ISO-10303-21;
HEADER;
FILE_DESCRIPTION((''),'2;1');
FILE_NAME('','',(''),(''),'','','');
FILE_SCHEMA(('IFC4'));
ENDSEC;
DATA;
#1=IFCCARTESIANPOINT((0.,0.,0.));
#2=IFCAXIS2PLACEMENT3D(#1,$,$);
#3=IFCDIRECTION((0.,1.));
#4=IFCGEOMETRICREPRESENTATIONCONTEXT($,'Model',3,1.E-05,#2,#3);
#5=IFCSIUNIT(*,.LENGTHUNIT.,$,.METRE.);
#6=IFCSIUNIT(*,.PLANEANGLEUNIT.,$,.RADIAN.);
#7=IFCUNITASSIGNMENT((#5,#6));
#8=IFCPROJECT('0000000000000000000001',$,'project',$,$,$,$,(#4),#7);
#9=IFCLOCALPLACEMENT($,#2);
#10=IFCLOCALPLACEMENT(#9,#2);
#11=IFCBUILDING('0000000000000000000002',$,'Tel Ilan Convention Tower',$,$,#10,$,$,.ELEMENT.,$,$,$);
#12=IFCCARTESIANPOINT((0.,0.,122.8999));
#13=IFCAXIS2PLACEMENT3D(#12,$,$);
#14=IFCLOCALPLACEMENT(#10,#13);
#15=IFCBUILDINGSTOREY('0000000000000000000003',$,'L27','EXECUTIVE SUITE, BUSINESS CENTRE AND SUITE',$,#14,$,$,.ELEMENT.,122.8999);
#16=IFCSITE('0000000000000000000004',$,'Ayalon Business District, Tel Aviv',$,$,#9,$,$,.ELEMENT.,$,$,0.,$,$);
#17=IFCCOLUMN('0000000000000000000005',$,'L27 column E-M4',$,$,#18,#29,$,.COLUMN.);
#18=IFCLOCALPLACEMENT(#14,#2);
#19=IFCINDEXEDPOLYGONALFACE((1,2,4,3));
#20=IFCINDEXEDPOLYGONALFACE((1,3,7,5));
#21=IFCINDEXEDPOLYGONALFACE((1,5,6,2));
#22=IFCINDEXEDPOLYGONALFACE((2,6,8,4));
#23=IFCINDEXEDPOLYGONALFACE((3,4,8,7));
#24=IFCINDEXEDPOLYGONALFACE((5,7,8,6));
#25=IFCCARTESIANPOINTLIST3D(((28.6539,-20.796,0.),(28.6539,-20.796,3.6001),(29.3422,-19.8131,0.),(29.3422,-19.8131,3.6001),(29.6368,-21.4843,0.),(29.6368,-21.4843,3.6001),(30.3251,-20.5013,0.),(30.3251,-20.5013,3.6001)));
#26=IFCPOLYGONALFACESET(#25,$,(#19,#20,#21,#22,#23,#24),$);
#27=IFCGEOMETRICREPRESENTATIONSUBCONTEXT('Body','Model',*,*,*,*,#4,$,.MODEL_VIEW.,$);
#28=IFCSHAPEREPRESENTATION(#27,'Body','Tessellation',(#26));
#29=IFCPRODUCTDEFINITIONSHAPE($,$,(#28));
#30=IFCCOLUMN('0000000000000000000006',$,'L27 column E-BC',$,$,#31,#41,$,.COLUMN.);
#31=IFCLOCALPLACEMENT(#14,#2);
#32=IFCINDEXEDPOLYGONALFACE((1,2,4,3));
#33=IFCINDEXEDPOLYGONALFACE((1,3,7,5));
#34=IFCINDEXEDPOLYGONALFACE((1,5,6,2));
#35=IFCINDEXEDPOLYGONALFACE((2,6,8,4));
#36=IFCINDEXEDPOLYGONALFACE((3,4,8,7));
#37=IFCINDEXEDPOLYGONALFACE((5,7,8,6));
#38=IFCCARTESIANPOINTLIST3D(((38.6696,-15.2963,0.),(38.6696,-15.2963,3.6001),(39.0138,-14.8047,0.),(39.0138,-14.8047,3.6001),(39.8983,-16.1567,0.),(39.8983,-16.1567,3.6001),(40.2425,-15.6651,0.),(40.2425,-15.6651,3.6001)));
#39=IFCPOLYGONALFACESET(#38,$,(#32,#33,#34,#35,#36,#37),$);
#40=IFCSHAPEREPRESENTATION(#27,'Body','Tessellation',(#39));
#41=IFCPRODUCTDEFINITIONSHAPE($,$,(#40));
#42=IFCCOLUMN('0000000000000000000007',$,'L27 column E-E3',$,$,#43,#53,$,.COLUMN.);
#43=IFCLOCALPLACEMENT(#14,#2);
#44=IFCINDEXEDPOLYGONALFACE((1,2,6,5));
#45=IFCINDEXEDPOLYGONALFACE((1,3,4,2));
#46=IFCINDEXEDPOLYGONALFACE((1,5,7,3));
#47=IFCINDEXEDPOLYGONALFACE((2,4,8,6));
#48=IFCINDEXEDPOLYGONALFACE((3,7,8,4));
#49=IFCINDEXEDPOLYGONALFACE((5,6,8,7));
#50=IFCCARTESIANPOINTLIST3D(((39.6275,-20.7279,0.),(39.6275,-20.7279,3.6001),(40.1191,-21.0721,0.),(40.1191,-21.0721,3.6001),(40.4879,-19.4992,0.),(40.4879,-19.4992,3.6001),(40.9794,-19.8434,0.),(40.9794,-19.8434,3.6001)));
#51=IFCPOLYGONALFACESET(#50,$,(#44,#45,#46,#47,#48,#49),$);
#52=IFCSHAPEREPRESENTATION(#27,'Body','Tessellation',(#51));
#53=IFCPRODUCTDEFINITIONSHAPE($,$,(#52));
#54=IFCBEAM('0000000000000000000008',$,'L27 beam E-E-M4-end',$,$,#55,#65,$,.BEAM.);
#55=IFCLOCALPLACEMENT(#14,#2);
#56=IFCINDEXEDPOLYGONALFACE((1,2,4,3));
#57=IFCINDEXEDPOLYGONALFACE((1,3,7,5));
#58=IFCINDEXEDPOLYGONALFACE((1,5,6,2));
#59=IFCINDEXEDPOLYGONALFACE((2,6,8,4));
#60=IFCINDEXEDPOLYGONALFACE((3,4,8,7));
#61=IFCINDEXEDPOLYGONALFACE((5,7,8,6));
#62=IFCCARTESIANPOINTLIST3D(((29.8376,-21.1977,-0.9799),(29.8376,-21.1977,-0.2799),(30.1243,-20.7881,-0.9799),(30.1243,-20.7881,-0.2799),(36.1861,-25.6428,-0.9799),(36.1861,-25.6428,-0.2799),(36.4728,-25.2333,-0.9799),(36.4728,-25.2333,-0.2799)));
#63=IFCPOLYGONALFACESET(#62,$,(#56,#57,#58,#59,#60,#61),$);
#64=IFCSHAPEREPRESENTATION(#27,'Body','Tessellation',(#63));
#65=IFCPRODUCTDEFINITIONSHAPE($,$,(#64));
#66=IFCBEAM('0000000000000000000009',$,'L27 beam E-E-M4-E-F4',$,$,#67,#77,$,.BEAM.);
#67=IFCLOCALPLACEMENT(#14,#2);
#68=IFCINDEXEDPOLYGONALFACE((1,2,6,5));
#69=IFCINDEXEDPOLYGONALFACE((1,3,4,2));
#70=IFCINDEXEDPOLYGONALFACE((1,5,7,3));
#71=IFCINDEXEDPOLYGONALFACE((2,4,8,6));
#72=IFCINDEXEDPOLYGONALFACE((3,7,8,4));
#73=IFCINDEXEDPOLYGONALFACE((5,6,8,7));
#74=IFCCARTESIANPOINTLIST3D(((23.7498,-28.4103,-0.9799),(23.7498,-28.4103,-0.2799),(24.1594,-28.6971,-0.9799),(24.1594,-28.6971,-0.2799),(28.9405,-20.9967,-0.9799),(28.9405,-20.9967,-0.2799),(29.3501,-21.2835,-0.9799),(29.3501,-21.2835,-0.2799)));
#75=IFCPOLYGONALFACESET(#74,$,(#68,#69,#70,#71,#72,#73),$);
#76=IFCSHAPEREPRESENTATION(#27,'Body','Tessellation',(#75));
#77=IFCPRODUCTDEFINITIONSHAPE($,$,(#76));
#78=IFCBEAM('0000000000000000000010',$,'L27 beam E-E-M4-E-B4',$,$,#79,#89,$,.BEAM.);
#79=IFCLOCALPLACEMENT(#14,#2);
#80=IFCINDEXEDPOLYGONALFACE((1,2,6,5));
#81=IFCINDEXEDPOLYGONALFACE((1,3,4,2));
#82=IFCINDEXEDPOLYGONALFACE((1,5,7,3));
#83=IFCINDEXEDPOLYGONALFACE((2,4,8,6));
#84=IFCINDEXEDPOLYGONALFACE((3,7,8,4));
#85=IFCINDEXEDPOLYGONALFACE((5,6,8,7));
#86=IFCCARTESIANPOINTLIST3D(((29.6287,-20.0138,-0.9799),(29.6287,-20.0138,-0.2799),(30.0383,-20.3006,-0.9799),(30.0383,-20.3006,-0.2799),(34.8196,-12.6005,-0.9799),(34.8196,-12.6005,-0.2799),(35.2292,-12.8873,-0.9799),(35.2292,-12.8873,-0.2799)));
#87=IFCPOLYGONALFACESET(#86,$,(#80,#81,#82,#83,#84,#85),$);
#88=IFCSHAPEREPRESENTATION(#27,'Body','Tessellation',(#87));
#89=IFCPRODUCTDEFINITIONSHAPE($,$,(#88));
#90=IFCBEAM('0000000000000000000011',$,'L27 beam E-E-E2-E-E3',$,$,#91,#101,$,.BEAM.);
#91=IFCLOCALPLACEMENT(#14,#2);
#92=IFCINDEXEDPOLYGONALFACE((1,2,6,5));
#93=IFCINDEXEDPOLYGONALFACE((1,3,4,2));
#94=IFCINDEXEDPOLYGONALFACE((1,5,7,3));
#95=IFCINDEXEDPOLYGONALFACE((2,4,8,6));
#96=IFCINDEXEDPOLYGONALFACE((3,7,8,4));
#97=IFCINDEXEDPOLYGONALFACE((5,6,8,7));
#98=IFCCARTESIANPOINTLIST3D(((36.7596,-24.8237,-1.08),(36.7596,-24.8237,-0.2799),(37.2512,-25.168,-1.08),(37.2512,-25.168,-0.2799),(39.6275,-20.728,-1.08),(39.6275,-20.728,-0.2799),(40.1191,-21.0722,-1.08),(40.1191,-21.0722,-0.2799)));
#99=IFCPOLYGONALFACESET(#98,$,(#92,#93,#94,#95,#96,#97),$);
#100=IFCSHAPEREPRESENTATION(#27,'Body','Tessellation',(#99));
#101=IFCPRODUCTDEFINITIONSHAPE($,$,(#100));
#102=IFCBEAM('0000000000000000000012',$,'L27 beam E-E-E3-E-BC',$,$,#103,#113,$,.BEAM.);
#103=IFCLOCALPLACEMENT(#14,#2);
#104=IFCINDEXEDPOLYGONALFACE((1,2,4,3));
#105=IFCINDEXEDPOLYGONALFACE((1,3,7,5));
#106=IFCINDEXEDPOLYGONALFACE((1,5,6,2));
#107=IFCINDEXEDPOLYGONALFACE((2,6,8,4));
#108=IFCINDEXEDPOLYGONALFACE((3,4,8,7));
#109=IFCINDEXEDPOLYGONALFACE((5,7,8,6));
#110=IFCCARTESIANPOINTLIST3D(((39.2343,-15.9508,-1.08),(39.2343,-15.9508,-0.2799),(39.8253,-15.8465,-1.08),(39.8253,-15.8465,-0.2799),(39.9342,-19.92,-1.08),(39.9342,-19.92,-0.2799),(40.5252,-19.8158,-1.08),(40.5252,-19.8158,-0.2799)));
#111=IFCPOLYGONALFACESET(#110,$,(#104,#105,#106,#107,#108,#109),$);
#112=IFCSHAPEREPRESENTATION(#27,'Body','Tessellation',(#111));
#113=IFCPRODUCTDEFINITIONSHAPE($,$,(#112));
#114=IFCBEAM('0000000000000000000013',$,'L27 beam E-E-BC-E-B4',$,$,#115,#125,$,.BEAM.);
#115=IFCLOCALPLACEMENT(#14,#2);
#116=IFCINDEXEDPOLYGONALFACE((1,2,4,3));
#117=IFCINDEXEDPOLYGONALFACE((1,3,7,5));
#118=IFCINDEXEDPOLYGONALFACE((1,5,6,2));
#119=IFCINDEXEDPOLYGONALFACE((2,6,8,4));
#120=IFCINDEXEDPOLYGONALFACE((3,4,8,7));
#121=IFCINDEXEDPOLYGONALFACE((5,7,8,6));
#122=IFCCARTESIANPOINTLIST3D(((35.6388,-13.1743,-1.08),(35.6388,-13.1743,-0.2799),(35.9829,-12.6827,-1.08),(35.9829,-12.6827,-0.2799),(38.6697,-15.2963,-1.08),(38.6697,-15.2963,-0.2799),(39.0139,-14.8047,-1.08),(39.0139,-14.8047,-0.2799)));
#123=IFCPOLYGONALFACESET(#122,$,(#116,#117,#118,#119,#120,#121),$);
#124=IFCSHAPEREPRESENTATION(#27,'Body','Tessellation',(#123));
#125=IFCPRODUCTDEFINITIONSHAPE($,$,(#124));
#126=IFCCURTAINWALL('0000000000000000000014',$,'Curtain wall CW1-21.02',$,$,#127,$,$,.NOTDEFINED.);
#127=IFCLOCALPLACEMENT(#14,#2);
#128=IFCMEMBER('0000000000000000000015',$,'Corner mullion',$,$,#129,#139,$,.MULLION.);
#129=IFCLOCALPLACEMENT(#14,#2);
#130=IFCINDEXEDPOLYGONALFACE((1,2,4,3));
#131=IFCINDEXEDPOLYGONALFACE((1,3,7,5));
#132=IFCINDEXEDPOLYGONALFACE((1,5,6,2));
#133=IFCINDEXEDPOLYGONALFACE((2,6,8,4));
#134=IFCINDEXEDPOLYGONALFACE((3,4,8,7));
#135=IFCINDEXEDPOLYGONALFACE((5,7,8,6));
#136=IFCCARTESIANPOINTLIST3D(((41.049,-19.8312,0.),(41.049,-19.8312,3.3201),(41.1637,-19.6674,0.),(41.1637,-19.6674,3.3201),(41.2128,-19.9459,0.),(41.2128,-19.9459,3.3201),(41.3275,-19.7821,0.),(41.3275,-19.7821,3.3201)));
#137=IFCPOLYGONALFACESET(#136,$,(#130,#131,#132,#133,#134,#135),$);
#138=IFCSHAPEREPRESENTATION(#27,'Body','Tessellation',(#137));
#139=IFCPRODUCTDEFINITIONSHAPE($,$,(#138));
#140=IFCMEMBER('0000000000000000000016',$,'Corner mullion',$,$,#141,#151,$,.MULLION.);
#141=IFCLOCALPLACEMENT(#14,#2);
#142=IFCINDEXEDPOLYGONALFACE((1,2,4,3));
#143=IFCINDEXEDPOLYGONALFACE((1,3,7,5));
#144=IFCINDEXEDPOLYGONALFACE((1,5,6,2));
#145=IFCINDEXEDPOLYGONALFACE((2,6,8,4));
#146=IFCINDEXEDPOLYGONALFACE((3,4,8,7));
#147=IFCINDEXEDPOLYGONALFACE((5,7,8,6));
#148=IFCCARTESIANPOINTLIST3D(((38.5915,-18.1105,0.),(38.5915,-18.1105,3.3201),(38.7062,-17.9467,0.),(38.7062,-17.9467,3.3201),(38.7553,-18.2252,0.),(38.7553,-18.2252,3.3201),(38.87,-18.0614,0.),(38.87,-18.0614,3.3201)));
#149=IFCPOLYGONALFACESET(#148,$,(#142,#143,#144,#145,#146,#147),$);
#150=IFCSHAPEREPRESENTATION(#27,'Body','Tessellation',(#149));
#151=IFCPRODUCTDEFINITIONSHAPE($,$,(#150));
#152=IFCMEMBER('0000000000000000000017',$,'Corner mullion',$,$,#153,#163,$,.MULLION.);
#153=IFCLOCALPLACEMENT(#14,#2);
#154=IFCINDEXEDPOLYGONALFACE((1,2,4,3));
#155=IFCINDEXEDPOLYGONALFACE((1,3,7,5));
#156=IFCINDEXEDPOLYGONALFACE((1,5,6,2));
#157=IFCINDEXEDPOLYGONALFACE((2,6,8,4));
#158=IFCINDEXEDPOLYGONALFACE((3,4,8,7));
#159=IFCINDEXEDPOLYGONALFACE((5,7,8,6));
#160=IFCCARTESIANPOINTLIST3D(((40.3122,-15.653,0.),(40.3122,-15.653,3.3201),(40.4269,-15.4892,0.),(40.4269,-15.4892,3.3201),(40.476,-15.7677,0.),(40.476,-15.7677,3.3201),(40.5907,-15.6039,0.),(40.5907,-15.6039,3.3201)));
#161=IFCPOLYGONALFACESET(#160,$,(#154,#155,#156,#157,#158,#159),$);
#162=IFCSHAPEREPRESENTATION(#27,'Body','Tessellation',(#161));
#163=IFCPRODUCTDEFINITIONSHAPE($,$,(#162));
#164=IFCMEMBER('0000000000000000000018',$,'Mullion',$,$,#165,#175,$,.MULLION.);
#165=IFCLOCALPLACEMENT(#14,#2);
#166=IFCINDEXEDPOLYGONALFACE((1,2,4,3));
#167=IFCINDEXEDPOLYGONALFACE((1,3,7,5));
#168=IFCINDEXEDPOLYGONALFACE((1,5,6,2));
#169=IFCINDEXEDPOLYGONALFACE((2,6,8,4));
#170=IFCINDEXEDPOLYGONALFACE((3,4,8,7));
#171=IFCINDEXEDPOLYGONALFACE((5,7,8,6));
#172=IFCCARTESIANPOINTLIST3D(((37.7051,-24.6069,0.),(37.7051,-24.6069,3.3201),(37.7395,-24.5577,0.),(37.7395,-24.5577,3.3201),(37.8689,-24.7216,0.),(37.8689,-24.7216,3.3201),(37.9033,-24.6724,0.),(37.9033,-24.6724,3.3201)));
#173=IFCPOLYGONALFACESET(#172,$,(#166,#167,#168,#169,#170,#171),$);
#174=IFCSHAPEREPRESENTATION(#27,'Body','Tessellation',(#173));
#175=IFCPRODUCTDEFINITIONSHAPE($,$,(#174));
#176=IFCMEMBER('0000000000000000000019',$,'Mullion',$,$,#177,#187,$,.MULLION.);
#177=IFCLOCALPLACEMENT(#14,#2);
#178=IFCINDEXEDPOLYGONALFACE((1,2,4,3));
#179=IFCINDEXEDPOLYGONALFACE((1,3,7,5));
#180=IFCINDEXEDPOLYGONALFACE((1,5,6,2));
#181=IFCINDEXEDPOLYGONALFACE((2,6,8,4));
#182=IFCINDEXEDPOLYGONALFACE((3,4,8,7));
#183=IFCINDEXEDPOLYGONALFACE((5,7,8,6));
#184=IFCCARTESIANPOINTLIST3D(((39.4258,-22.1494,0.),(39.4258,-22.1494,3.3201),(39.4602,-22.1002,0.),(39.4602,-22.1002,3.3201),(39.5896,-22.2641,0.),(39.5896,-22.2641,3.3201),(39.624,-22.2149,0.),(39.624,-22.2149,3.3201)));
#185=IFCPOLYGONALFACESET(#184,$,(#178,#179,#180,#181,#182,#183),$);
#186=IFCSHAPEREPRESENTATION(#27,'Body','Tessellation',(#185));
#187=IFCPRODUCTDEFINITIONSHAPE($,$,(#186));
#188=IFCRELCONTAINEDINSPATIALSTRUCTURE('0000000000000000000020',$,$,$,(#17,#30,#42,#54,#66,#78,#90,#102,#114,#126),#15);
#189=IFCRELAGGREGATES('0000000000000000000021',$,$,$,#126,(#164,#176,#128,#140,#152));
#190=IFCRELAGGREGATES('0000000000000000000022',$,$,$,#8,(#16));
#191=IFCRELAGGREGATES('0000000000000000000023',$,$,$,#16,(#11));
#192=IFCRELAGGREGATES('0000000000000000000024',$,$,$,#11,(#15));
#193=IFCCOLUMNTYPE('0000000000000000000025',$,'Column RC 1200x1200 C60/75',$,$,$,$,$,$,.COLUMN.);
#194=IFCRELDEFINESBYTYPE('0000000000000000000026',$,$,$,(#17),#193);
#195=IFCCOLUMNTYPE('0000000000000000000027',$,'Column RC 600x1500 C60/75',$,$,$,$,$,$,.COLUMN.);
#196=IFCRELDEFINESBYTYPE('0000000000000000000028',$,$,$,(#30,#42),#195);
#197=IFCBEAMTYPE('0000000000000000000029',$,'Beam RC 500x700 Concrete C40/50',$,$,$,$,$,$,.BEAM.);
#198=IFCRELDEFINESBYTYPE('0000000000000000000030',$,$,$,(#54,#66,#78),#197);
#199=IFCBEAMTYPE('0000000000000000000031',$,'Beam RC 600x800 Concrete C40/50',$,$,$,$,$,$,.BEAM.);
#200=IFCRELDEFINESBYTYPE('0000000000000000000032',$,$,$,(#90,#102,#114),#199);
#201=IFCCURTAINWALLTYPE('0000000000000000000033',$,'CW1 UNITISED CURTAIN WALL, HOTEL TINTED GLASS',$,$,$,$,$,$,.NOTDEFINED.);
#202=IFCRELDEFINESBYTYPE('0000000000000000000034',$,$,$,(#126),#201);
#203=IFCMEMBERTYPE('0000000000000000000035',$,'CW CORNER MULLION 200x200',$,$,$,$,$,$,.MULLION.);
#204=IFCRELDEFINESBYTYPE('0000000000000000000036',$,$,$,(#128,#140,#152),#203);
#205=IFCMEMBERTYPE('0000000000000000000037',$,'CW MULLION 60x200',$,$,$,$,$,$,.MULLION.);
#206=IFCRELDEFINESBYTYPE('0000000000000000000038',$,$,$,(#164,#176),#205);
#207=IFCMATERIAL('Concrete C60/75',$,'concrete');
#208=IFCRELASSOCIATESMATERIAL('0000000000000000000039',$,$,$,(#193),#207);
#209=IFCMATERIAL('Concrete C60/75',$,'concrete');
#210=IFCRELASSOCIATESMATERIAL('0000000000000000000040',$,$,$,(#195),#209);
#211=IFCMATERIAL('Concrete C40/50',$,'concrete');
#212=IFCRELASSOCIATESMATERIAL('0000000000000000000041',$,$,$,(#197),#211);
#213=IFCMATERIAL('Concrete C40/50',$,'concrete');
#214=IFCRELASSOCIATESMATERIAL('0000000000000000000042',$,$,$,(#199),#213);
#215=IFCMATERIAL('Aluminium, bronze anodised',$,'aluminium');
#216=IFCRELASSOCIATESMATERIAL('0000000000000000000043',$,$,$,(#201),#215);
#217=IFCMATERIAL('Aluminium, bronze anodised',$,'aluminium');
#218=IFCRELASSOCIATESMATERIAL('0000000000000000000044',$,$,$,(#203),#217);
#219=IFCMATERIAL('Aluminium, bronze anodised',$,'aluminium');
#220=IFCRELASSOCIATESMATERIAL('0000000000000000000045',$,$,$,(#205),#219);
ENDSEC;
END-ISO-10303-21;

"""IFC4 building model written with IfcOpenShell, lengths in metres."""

from ifc_helpers import new_model, si_unit, direction, frame, origin, origin_2d, place, context, subcontext, project, spatial, rectangle, extrude, material, material_profile, profile_set, type_object, element, aggregate, save


model = new_model("IFC4")

# Units and contexts
model_context = context("Model", 3, precision=1e-05, world=origin(), true_north=direction((0.0, 1.0)))
body_context = subcontext(model_context, "Body", "Model", "MODEL_VIEW")
ifc_project = project(units=[si_unit("LENGTHUNIT", "METRE"), si_unit("PLANEANGLEUNIT", "RADIAN")], contexts=[model_context])

# Site, building, storey
site_placement = place(None, origin())
site = spatial("IfcSite", under=ifc_project, at=site_placement, Name="Ayalon Business District, Tel Aviv", CompositionType="ELEMENT", RefElevation=0.0)
building_placement = place(site_placement, origin())
building = spatial("IfcBuilding", under=site, at=building_placement, Name="Tel Ilan Convention Tower", CompositionType="ELEMENT")
storey_placement = place(building_placement, frame((0.0, 0.0, 122.8999)))
storey = spatial("IfcBuildingStorey", under=building, at=storey_placement, Name="L27", Description="EXECUTIVE SUITE, BUSINESS CENTRE AND SUITE", CompositionType="ELEMENT", Elevation=122.8999)

# Columns
ifc_material_1 = material(Name="Concrete C60/75", Category="concrete")
ifc_material_profile_1 = material_profile(ifc_material_1, rectangle(XDim=1.2, YDim=1.2, at=origin_2d()), Name="RC 1200x1200")
ifc_profile_set_1 = profile_set([ifc_material_profile_1], Name="Concrete C60/75")
column_type_1 = type_object("IfcColumnType", Name="Column RC 1200x1200 C60/75", PredefinedType="COLUMN", material=ifc_profile_set_1)
column_placement = place(storey_placement, frame((29.4895, -20.6487, 0.0), z_axis=(0.0, 0.0, 1.0), x_axis=(0.819152, -0.573576, 0.0)))
element("IfcColumn", 1, at=column_placement, inside=storey, type_object=column_type_1, Name="L27 column E-M4", PredefinedType="COLUMN", context=body_context, shape_type="SweptSolid", body=[
    extrude(rectangle(XDim=1.2, YDim=1.2, at=origin_2d()), origin(), (0.0, 0.0, 1.0), 3.6001),
])
ifc_material_2 = material(Name="Concrete C60/75", Category="concrete")
ifc_material_profile_2 = material_profile(ifc_material_2, rectangle(XDim=1.5, YDim=0.6001, at=origin_2d()), Name="RC 600x1500")
ifc_profile_set_2 = profile_set([ifc_material_profile_2], Name="Concrete C60/75")
column_type_2 = type_object("IfcColumnType", Name="Column RC 600x1500 C60/75", PredefinedType="COLUMN", material=ifc_profile_set_2)
for number, where, z_axis, x_axis, name in (
    (2, (39.4561, -15.4807, 0.0), (0.0, 0.0, 1.0), (0.819152, -0.573576, 0.0), "L27 column E-BC"),
    (3, (40.3035, -20.2856, 0.0), (0.0, 0.0, 1.0), (0.573576, 0.819152, 0.0), "L27 column E-E3"),
):
    element("IfcColumn", number, at=place(storey_placement, frame(where, z_axis=z_axis, x_axis=x_axis)), inside=storey, type_object=column_type_2, Name=name, PredefinedType="COLUMN", context=body_context, shape_type="SweptSolid", body=[
        extrude(rectangle(XDim=1.5, YDim=0.6001, at=origin_2d()), origin(), (0.0, 0.0, 1.0), 3.6001),
    ])

# Beams
ifc_material_3 = material(Name="Concrete C40/50", Category="concrete")
ifc_material_profile_3 = material_profile(ifc_material_3, rectangle(XDim=0.5, YDim=0.7, at=origin_2d()), Name="RC 500x700")
ifc_profile_set_3 = profile_set([ifc_material_profile_3], Name="Concrete C40/50")
beam_type_1 = type_object("IfcBeamType", Name="Beam RC 500x700 Concrete C40/50", PredefinedType="BEAM", material=ifc_profile_set_3)
beam_1_placement = place(storey_placement, frame((29.981, -20.9929, -0.6299), z_axis=(0.819159, -0.573566, 0.0), x_axis=(0.573566, 0.819159, 0.0)))
element("IfcBeam", 4, at=beam_1_placement, inside=storey, type_object=beam_type_1, Name="L27 beam E-E-M4-end", PredefinedType="BEAM", context=body_context, shape_type="SweptSolid", body=[
    extrude(rectangle(XDim=0.5, YDim=0.7, at=origin_2d()), origin(), (0.0, 0.0, 1.0), 7.75),
])
for number, where, z_axis, x_axis, name in (
    (5, (29.1453, -21.1401, -0.6299), (-0.573549, -0.819171, 0.0), (0.819171, -0.573549, 0.0), "L27 beam E-E-M4-E-F4"),
    (6, (29.8335, -20.1572, -0.6299), (0.57358, 0.81915, 0.0), (-0.81915, 0.57358, 0.0), "L27 beam E-E-M4-E-B4"),
):
    element("IfcBeam", number, at=place(storey_placement, frame(where, z_axis=z_axis, x_axis=x_axis)), inside=storey, type_object=beam_type_1, Name=name, PredefinedType="BEAM", context=body_context, shape_type="SweptSolid", body=[
        extrude(rectangle(XDim=0.5, YDim=0.7, at=origin_2d()), origin(), (0.0, 0.0, 1.0), 9.05),
    ])
ifc_material_4 = material(Name="Concrete C40/50", Category="concrete")
ifc_material_profile_4 = material_profile(ifc_material_4, rectangle(XDim=0.6001, YDim=0.8, at=origin_2d()), Name="RC 600x800")
ifc_profile_set_4 = profile_set([ifc_material_profile_4], Name="Concrete C40/50")
beam_type_2 = type_object("IfcBeamType", Name="Beam RC 600x800 Concrete C40/50", PredefinedType="BEAM", material=ifc_profile_set_4)
beam_2_placement = place(storey_placement, frame((37.0054, -24.9958, -0.6799), z_axis=(0.573587, 0.819145, 0.0), x_axis=(-0.819145, 0.573587, 0.0)))
element("IfcBeam", 7, at=beam_2_placement, inside=storey, type_object=beam_type_2, Name="L27 beam E-E-E2-E-E3", PredefinedType="BEAM", context=body_context, shape_type="SweptSolid", body=[
    extrude(rectangle(XDim=0.6001, YDim=0.8, at=origin_2d()), origin(), (0.0, 0.0, 1.0), 5.0),
])
beam_3_placement = place(storey_placement, frame((40.2297, -19.8679, -0.6799), z_axis=(-0.173664, 0.984805, 0.0), x_axis=(-0.984805, -0.173664, 0.0)))
element("IfcBeam", 8, at=beam_3_placement, inside=storey, type_object=beam_type_2, Name="L27 beam E-E-E3-E-BC", PredefinedType="BEAM", context=body_context, shape_type="SweptSolid", body=[
    extrude(rectangle(XDim=0.6001, YDim=0.8, at=origin_2d()), origin(), (0.0, 0.0, 1.0), 4.0305),
])
beam_4_placement = place(storey_placement, frame((38.8418, -15.0505, -0.6799), z_axis=(-0.819185, 0.573529, 0.0), x_axis=(-0.573529, -0.819185, 0.0)))
element("IfcBeam", 9, at=beam_4_placement, inside=storey, type_object=beam_type_2, Name="L27 beam E-E-BC-E-B4", PredefinedType="BEAM", context=body_context, shape_type="SweptSolid", body=[
    extrude(rectangle(XDim=0.6001, YDim=0.8, at=origin_2d()), origin(), (0.0, 0.0, 1.0), 3.7),
])

# Curtain wall, members
ifc_material_5 = material(Name="Aluminium, bronze anodised", Category="aluminium")
curtain_wall_type = type_object("IfcCurtainWallType", Name="CW1 UNITISED CURTAIN WALL, HOTEL TINTED GLASS", PredefinedType="NOTDEFINED", material=ifc_material_5)
curtain_wall_placement = place(storey_placement, origin())
curtain_wall = element("IfcCurtainWall", 10, at=curtain_wall_placement, inside=storey, type_object=curtain_wall_type, Name="Curtain wall CW1-21.02", PredefinedType="NOTDEFINED")
ifc_material_6 = material(Name="Aluminium, bronze anodised", Category="aluminium")
ifc_material_profile_5 = material_profile(ifc_material_6, rectangle(XDim=0.2, YDim=0.2, at=origin_2d()), Name="CW CORNER MULLION 200x200")
ifc_profile_set_5 = profile_set([ifc_material_profile_5], Name="Aluminium, bronze anodised")
member_type_1 = type_object("IfcMemberType", Name="CW CORNER MULLION 200x200", PredefinedType="MULLION", material=ifc_profile_set_5)
member_1_placement = place(storey_placement, frame((41.1882, -19.8066, 0.0), z_axis=(0.0, 0.0, 1.0), x_axis=(0.573576, 0.819152, 0.0)))
member_1 = element("IfcMember", 11, at=member_1_placement, type_object=member_type_1, Name="Corner mullion", PredefinedType="MULLION", context=body_context, shape_type="SweptSolid", body=[
    extrude(rectangle(XDim=0.2, YDim=0.2, at=origin_2d()), origin(), (0.0, 0.0, 1.0), 3.3201),
])
member_2_placement = place(storey_placement, frame((38.7307, -18.0859, 0.0), z_axis=(0.0, 0.0, 1.0), x_axis=(-0.819152, 0.573576, 0.0)))
member_2 = element("IfcMember", 12, at=member_2_placement, type_object=member_type_1, Name="Corner mullion", PredefinedType="MULLION", context=body_context, shape_type="SweptSolid", body=[
    extrude(rectangle(XDim=0.2, YDim=0.2, at=origin_2d()), origin(), (0.0, 0.0, 1.0), 3.3201),
])
member_3_placement = place(storey_placement, frame((40.4514, -15.6284, 0.0), z_axis=(0.0, 0.0, 1.0), x_axis=(0.573576, 0.819152, 0.0)))
member_3 = element("IfcMember", 13, at=member_3_placement, type_object=member_type_1, Name="Corner mullion", PredefinedType="MULLION", context=body_context, shape_type="SweptSolid", body=[
    extrude(rectangle(XDim=0.2, YDim=0.2, at=origin_2d()), origin(), (0.0, 0.0, 1.0), 3.3201),
])
ifc_material_7 = material(Name="Aluminium, bronze anodised", Category="aluminium")
ifc_material_profile_6 = material_profile(ifc_material_7, rectangle(XDim=0.0601, YDim=0.2, at=origin_2d()), Name="CW MULLION 60x200")
ifc_profile_set_6 = profile_set([ifc_material_profile_6], Name="Aluminium, bronze anodised")
member_type_2 = type_object("IfcMemberType", Name="CW MULLION 60x200", PredefinedType="MULLION", material=ifc_profile_set_6)
member_4_placement = place(storey_placement, frame((37.8042, -24.6396, 0.0), z_axis=(0.0, 0.0, 1.0), x_axis=(0.573576, 0.819152, 0.0)))
member_4 = element("IfcMember", 14, at=member_4_placement, type_object=member_type_2, Name="Mullion", PredefinedType="MULLION", context=body_context, shape_type="SweptSolid", body=[
    extrude(rectangle(XDim=0.0601, YDim=0.2, at=origin_2d()), origin(), (0.0, 0.0, 1.0), 3.3201),
])
member_5_placement = place(storey_placement, frame((39.5249, -22.1821, 0.0), z_axis=(0.0, 0.0, 1.0), x_axis=(0.573576, 0.819152, 0.0)))
member_5 = element("IfcMember", 15, at=member_5_placement, type_object=member_type_2, Name="Mullion", PredefinedType="MULLION", context=body_context, shape_type="SweptSolid", body=[
    extrude(rectangle(XDim=0.0601, YDim=0.2, at=origin_2d()), origin(), (0.0, 0.0, 1.0), 3.3201),
])
aggregate(curtain_wall, [member_4, member_5, member_1, member_2, member_3])

save(model, "model.ifc")
